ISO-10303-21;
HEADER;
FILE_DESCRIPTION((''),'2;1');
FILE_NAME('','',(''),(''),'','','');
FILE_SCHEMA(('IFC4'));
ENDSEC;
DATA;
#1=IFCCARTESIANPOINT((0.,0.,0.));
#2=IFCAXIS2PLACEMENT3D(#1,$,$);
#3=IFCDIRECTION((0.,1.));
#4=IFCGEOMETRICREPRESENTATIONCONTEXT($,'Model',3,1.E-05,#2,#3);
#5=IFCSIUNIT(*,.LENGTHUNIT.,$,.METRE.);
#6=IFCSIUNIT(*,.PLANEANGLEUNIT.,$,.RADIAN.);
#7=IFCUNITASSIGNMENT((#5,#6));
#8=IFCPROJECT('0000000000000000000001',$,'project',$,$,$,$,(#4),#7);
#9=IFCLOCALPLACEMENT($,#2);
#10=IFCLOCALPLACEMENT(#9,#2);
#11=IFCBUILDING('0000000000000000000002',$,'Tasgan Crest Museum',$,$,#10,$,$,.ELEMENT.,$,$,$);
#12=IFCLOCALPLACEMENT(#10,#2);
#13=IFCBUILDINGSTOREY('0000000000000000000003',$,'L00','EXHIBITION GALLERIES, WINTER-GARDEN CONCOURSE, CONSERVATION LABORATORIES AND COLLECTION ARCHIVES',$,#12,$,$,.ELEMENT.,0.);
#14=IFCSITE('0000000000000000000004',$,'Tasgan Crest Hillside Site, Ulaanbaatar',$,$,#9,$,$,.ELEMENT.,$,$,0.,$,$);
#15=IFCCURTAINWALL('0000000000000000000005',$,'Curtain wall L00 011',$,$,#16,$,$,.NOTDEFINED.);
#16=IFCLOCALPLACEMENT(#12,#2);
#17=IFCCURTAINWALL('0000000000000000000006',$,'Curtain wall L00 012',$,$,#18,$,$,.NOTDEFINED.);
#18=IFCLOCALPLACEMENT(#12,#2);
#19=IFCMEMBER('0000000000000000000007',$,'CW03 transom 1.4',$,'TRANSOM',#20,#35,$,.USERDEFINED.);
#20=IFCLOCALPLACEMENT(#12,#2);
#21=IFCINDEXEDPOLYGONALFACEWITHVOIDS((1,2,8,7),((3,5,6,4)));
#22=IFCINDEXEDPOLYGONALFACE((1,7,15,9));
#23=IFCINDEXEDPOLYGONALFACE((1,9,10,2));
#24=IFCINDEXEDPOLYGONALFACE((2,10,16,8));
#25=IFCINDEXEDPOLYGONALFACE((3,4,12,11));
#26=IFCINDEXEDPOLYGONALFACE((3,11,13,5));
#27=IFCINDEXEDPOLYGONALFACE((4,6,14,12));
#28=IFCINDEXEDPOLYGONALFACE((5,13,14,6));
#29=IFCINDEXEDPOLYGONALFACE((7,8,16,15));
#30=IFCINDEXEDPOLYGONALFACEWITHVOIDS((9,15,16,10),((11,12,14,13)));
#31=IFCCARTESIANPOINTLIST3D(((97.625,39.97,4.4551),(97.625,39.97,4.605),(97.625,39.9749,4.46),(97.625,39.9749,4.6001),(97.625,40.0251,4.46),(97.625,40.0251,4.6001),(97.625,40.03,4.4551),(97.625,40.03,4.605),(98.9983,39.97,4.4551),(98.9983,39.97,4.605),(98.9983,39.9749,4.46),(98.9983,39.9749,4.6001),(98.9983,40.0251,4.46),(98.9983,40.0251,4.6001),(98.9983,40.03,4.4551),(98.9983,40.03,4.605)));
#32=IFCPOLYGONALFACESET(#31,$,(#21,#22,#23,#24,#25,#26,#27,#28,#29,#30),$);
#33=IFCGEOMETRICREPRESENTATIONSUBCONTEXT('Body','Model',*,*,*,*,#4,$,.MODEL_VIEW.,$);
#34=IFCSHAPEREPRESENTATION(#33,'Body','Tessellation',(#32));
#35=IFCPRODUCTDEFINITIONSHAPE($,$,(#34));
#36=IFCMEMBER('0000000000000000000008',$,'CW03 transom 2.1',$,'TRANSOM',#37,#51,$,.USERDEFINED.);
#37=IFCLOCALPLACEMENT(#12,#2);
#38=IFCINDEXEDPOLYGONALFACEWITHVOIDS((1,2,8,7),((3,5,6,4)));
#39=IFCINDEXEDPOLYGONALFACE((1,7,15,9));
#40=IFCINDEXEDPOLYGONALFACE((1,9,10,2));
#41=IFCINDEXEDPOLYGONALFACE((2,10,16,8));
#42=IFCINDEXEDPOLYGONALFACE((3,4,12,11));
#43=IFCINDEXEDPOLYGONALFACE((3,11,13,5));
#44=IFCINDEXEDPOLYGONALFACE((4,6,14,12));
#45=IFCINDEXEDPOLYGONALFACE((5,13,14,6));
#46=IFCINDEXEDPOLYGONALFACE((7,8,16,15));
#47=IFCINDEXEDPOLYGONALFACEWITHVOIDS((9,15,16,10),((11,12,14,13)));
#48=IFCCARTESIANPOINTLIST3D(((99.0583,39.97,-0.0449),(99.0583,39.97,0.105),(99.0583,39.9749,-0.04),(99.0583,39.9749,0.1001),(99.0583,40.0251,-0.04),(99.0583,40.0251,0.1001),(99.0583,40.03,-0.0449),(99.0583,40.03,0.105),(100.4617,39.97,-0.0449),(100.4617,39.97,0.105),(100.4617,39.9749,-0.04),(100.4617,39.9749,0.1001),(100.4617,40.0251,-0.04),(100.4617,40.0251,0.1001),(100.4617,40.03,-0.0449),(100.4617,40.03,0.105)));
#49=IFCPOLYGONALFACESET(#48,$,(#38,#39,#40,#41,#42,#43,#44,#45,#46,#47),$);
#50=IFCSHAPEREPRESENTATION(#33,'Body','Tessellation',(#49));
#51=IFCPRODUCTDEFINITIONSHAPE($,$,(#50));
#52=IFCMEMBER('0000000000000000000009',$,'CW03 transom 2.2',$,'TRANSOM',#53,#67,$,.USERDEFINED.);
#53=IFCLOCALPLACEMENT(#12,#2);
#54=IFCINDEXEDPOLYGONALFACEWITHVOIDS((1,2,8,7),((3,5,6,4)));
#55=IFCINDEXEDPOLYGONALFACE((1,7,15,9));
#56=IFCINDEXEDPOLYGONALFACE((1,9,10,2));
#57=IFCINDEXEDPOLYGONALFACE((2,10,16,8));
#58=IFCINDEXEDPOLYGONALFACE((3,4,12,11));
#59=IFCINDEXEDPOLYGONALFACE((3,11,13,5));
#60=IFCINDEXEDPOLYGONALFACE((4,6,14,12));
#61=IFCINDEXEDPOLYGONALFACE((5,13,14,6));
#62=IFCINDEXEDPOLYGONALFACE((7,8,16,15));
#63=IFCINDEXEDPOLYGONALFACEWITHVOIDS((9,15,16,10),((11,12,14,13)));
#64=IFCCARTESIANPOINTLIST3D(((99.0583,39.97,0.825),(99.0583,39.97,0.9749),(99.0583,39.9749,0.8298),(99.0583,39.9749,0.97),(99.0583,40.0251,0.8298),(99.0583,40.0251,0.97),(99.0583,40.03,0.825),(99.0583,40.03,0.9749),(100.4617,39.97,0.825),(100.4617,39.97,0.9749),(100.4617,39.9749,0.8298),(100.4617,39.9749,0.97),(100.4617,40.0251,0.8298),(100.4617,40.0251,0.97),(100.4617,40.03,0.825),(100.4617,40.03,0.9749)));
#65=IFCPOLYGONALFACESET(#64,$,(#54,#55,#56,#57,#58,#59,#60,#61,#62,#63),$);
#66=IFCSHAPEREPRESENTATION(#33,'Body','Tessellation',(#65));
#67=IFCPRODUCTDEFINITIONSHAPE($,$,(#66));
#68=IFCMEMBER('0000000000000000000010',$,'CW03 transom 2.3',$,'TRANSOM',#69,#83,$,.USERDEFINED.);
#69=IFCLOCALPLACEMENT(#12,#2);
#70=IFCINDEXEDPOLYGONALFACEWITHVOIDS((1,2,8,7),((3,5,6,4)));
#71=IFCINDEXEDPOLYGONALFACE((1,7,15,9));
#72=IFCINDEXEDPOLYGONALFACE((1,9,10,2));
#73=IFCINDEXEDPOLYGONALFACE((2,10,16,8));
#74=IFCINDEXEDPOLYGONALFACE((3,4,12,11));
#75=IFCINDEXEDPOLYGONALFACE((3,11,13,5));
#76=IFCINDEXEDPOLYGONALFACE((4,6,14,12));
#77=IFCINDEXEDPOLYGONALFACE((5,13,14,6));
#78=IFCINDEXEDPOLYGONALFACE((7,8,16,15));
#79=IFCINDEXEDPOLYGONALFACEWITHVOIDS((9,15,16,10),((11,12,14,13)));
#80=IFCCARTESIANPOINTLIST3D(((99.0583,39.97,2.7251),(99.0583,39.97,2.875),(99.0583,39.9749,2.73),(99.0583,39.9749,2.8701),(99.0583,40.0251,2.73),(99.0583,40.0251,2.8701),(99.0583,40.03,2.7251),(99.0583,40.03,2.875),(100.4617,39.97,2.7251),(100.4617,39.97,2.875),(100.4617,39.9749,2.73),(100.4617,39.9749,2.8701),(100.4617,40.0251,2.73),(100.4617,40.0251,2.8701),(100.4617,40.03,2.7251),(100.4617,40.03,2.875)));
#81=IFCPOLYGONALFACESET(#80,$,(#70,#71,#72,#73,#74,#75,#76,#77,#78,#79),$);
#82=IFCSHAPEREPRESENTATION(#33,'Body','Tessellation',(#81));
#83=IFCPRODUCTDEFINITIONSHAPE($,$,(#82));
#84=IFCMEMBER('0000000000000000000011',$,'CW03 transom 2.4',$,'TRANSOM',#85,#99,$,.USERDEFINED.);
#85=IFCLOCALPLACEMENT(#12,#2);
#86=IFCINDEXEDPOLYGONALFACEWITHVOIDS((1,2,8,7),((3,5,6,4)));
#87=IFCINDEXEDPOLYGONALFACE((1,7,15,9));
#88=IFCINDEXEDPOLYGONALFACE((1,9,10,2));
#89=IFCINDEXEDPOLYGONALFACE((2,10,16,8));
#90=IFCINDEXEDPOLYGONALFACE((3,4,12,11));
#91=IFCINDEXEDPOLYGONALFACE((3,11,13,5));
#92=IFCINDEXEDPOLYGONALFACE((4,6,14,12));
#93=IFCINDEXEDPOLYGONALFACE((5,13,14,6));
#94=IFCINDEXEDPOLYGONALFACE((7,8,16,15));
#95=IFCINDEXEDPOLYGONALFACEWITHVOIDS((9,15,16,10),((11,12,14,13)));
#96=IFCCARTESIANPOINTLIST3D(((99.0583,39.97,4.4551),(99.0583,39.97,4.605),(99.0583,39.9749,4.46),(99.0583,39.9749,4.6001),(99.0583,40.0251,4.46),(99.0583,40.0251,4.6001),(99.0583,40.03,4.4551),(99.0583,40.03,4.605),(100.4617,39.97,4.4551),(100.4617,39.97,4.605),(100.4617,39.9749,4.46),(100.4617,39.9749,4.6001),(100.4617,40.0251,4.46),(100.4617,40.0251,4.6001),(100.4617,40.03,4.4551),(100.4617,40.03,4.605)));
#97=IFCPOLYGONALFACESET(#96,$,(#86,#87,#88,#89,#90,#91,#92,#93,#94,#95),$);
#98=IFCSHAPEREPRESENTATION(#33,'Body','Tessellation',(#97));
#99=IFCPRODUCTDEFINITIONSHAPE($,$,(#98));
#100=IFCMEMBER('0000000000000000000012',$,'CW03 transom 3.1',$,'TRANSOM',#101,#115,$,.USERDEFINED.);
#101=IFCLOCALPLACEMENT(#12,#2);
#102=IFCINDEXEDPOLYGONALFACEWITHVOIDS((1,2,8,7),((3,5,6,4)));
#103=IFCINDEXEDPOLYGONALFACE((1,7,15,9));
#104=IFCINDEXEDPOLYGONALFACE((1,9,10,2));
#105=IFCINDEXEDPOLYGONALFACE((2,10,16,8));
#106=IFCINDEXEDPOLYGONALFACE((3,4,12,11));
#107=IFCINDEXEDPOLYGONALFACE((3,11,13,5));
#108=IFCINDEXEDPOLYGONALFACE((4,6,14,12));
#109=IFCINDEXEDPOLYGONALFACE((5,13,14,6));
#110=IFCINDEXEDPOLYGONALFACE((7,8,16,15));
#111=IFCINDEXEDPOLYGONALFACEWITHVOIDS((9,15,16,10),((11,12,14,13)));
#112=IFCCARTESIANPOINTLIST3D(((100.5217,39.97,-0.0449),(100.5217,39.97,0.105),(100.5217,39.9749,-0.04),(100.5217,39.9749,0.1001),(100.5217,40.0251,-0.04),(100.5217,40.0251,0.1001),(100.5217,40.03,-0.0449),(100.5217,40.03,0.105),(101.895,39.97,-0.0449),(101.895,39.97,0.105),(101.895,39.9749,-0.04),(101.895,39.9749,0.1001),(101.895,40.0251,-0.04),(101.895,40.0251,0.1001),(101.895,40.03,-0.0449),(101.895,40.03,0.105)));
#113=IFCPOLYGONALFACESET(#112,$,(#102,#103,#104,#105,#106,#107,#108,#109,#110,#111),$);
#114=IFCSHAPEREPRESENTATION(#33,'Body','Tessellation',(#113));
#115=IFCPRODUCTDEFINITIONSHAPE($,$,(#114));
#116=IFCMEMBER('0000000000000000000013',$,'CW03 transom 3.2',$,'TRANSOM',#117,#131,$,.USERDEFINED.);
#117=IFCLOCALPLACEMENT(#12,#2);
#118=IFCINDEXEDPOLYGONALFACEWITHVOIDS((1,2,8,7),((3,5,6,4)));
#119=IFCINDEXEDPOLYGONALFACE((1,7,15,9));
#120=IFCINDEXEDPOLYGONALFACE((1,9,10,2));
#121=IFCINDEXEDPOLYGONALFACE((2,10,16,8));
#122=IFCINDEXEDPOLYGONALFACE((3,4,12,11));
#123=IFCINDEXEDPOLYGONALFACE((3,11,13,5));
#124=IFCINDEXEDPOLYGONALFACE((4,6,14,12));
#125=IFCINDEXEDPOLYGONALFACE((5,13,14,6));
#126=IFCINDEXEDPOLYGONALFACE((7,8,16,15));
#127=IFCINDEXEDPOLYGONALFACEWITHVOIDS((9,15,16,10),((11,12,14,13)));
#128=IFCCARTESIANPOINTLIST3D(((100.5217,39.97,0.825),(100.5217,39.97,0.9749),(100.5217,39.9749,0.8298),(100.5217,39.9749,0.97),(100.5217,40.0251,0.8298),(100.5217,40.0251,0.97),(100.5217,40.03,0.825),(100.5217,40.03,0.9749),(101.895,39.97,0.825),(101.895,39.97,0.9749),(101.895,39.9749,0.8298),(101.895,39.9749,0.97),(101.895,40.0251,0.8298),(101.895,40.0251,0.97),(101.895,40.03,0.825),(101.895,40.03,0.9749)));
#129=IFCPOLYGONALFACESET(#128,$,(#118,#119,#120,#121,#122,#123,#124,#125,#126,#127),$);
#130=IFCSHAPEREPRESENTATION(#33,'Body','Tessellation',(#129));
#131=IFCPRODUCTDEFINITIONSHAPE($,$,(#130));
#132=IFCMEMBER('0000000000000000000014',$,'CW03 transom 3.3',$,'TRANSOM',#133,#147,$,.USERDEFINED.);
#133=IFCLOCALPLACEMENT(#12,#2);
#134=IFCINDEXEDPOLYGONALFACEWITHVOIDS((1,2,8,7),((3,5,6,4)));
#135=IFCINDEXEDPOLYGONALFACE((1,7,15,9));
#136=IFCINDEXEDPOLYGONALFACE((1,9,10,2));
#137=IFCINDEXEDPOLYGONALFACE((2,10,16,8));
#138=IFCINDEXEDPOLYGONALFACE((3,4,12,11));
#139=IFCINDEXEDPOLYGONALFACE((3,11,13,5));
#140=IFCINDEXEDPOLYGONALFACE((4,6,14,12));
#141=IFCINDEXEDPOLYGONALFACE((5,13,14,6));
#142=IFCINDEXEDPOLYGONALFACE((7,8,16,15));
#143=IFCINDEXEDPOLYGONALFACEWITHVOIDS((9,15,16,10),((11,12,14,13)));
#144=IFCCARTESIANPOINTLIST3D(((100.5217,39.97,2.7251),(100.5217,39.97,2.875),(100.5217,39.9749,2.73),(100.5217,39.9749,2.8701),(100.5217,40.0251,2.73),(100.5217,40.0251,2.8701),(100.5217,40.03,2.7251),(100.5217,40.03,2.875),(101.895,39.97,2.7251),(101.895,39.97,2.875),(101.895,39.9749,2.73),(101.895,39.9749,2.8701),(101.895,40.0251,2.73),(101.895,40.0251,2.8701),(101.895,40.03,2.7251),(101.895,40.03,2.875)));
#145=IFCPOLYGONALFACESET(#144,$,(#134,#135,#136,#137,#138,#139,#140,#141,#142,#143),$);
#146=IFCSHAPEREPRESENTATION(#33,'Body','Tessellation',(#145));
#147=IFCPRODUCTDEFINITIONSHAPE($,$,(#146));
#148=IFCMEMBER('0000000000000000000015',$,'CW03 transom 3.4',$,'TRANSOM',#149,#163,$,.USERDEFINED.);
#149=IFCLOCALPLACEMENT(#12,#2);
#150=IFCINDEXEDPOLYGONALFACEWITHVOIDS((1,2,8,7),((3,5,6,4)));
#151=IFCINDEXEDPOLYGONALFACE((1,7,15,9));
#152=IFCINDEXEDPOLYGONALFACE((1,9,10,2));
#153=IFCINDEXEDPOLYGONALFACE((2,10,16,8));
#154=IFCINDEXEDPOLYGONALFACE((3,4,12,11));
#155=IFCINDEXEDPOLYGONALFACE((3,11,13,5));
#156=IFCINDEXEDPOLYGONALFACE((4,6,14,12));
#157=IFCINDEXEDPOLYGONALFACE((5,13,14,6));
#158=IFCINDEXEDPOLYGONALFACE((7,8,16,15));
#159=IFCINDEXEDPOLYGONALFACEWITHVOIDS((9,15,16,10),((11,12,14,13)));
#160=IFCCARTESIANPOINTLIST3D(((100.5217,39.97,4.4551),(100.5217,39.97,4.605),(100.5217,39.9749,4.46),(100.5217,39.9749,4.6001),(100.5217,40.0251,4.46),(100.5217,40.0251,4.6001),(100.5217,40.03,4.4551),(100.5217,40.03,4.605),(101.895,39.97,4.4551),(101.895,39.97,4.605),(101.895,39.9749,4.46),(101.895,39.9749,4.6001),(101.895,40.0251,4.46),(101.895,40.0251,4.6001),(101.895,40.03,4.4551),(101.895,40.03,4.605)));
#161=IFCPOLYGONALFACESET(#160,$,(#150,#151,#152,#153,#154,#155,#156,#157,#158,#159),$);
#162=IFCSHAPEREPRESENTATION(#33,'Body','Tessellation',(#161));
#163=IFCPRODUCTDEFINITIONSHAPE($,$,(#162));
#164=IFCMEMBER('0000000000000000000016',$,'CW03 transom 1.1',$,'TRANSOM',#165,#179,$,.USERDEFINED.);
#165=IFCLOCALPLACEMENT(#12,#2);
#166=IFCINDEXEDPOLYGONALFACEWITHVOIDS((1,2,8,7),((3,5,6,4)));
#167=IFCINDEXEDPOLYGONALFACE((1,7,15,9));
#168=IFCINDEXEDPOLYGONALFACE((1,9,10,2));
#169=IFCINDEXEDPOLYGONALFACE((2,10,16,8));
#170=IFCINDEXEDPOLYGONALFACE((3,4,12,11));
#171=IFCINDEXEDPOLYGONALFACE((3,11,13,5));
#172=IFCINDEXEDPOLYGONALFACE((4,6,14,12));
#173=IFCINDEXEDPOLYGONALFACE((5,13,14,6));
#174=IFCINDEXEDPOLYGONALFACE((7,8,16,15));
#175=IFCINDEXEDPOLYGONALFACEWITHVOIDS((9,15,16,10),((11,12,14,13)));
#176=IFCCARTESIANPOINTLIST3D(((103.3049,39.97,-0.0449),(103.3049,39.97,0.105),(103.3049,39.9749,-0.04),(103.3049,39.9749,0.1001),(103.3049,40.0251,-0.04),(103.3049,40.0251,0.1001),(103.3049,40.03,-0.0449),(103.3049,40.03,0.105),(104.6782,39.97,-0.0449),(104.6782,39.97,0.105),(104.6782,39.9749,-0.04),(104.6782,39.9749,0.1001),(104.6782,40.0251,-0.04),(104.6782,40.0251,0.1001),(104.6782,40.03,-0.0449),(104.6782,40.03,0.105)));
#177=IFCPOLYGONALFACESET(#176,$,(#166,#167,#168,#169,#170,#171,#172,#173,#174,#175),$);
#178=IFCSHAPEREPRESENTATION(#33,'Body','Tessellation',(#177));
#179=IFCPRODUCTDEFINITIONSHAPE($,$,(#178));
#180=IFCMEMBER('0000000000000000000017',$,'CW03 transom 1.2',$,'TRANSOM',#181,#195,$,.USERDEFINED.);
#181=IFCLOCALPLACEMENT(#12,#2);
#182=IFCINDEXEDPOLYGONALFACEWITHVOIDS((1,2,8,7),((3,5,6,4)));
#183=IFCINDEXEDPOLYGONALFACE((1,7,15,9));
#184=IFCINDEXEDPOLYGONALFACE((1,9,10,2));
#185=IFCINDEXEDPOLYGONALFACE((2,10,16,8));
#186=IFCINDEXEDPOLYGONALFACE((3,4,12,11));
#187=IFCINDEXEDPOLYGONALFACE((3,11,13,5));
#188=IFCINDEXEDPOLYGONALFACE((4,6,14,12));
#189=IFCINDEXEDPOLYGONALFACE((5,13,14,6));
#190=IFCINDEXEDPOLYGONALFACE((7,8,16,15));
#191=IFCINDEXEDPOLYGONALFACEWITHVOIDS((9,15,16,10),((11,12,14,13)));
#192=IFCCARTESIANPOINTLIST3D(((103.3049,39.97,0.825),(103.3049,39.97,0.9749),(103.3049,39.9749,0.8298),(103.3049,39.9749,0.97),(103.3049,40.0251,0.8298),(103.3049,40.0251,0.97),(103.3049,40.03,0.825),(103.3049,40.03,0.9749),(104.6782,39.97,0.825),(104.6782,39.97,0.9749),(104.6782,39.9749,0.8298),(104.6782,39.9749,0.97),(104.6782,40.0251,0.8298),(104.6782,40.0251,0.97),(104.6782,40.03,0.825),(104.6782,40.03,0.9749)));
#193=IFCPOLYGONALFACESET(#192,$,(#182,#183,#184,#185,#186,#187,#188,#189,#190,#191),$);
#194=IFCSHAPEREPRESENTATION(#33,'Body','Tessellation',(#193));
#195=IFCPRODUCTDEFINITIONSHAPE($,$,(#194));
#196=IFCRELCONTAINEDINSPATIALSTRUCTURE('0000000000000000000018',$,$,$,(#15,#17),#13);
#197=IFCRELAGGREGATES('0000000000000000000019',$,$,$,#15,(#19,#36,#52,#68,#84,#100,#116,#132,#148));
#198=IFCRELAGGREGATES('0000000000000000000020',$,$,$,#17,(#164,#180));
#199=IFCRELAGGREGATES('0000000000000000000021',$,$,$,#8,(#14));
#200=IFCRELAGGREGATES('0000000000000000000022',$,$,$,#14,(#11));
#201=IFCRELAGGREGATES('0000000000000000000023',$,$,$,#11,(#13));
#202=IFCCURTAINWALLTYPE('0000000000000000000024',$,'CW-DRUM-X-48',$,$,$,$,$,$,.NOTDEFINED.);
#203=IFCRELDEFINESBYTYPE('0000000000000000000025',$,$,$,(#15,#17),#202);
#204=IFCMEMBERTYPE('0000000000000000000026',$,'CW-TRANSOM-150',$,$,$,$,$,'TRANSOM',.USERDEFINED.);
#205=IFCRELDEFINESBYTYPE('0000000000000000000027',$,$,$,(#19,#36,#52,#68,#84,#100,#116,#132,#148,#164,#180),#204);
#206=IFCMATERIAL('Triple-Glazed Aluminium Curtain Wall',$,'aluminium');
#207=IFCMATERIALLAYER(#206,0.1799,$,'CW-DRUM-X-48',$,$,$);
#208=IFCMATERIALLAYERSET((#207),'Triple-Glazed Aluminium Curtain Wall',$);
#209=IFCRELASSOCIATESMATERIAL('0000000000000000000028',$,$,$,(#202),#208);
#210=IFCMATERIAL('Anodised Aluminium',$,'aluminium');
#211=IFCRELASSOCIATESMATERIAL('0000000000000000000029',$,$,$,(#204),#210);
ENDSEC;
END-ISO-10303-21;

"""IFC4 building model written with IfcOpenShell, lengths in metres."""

from ifc_helpers import new_model, si_unit, direction, frame, origin, origin_2d, place, context, subcontext, project, spatial, hollow_rectangle, extrude, material, layer, layer_set, material_profile, profile_set, type_object, element, aggregate, save


model = new_model("IFC4")

# Units and contexts
model_context = context("Model", 3, precision=1e-05, world=origin(), true_north=direction((0.0, 1.0)))
body_context = subcontext(model_context, "Body", "Model", "MODEL_VIEW")
ifc_project = project(units=[si_unit("LENGTHUNIT", "METRE"), si_unit("PLANEANGLEUNIT", "RADIAN")], contexts=[model_context])

# Site, building, storey
site_placement = place(None, origin())
site = spatial("IfcSite", under=ifc_project, at=site_placement, Name="Tasgan Crest Hillside Site, Ulaanbaatar", CompositionType="ELEMENT", RefElevation=0.0)
building_placement = place(site_placement, origin())
building = spatial("IfcBuilding", under=site, at=building_placement, Name="Tasgan Crest Museum", CompositionType="ELEMENT")
storey_placement = place(building_placement, origin())
storey = spatial("IfcBuildingStorey", under=building, at=storey_placement, Name="L00", Description="EXHIBITION GALLERIES, WINTER-GARDEN CONCOURSE, CONSERVATION LABORATORIES AND COLLECTION ARCHIVES", CompositionType="ELEMENT", Elevation=0.0)

# Curtain walls
ifc_material_1 = material(Name="Triple-Glazed Aluminium Curtain Wall", Category="aluminium")
ifc_layer_1 = layer(ifc_material_1, 0.1799, Name="CW-DRUM-X-48")
ifc_layer_set_1 = layer_set([ifc_layer_1], Name="Triple-Glazed Aluminium Curtain Wall")
curtain_wall_type = type_object("IfcCurtainWallType", Name="CW-DRUM-X-48", PredefinedType="NOTDEFINED", material=ifc_layer_set_1)
curtain_wall_1_placement = place(storey_placement, origin())
curtain_wall_1 = element("IfcCurtainWall", 1, at=curtain_wall_1_placement, inside=storey, type_object=curtain_wall_type, Name="Curtain wall L00 011", PredefinedType="NOTDEFINED")
curtain_wall_2_placement = place(storey_placement, origin())
curtain_wall_2 = element("IfcCurtainWall", 2, at=curtain_wall_2_placement, inside=storey, type_object=curtain_wall_type, Name="Curtain wall L00 012", PredefinedType="NOTDEFINED")

# Members
ifc_material_2 = material(Name="Anodised Aluminium", Category="aluminium")
ifc_material_profile_1 = material_profile(ifc_material_2, hollow_rectangle(XDim=0.0601, YDim=0.1499, WallThickness=0.0049, at=origin_2d()), Name="ALU TRANSOM 150x60x5")
ifc_profile_set_1 = profile_set([ifc_material_profile_1], Name="Anodised Aluminium")
member_type_1 = type_object("IfcMemberType", Name="CW-TRANSOM-150", ElementType="TRANSOM", PredefinedType="USERDEFINED", material=ifc_profile_set_1)
member_1_placement = place(storey_placement, frame((97.625, 40.0, 4.53), z_axis=(1.0, 0.0, 0.0), x_axis=(0.0, 1.0, 0.0)))
member_1 = element("IfcMember", 3, at=member_1_placement, type_object=member_type_1, Name="CW03 transom 1.4", ObjectType="TRANSOM", PredefinedType="USERDEFINED", context=body_context, shape_type="SweptSolid", body=[
    extrude(hollow_rectangle(XDim=0.0601, YDim=0.1499, WallThickness=0.0049, at=origin_2d()), origin(), (0.0, 0.0, 1.0), 1.3733),
])
member_2_placement = place(storey_placement, frame((99.0583, 40.0, 0.03), z_axis=(1.0, 0.0, 0.0), x_axis=(0.0, 1.0, 0.0)))
member_2 = element("IfcMember", 4, at=member_2_placement, type_object=member_type_1, Name="CW03 transom 2.1", ObjectType="TRANSOM", PredefinedType="USERDEFINED", context=body_context, shape_type="SweptSolid", body=[
    extrude(hollow_rectangle(XDim=0.0601, YDim=0.1499, WallThickness=0.0049, at=origin_2d()), origin(), (0.0, 0.0, 1.0), 1.4033),
])
member_3_placement = place(storey_placement, frame((99.0583, 40.0, 0.8999), z_axis=(1.0, 0.0, 0.0), x_axis=(0.0, 1.0, 0.0)))
member_3 = element("IfcMember", 5, at=member_3_placement, type_object=member_type_1, Name="CW03 transom 2.2", ObjectType="TRANSOM", PredefinedType="USERDEFINED", context=body_context, shape_type="SweptSolid", body=[
    extrude(hollow_rectangle(XDim=0.0601, YDim=0.1499, WallThickness=0.0049, at=origin_2d()), origin(), (0.0, 0.0, 1.0), 1.4033),
])
member_4_placement = place(storey_placement, frame((99.0583, 40.0, 2.8), z_axis=(1.0, 0.0, 0.0), x_axis=(0.0, 1.0, 0.0)))
member_4 = element("IfcMember", 6, at=member_4_placement, type_object=member_type_1, Name="CW03 transom 2.3", ObjectType="TRANSOM", PredefinedType="USERDEFINED", context=body_context, shape_type="SweptSolid", body=[
    extrude(hollow_rectangle(XDim=0.0601, YDim=0.1499, WallThickness=0.0049, at=origin_2d()), origin(), (0.0, 0.0, 1.0), 1.4033),
])
member_5_placement = place(storey_placement, frame((99.0583, 40.0, 4.53), z_axis=(1.0, 0.0, 0.0), x_axis=(0.0, 1.0, 0.0)))
member_5 = element("IfcMember", 7, at=member_5_placement, type_object=member_type_1, Name="CW03 transom 2.4", ObjectType="TRANSOM", PredefinedType="USERDEFINED", context=body_context, shape_type="SweptSolid", body=[
    extrude(hollow_rectangle(XDim=0.0601, YDim=0.1499, WallThickness=0.0049, at=origin_2d()), origin(), (0.0, 0.0, 1.0), 1.4033),
])
member_6_placement = place(storey_placement, frame((100.5217, 40.0, 0.03), z_axis=(1.0, 0.0, 0.0), x_axis=(0.0, 1.0, 0.0)))
member_6 = element("IfcMember", 8, at=member_6_placement, type_object=member_type_1, Name="CW03 transom 3.1", ObjectType="TRANSOM", PredefinedType="USERDEFINED", context=body_context, shape_type="SweptSolid", body=[
    extrude(hollow_rectangle(XDim=0.0601, YDim=0.1499, WallThickness=0.0049, at=origin_2d()), origin(), (0.0, 0.0, 1.0), 1.3733),
])
member_7_placement = place(storey_placement, frame((100.5217, 40.0, 0.8999), z_axis=(1.0, 0.0, 0.0), x_axis=(0.0, 1.0, 0.0)))
member_7 = element("IfcMember", 9, at=member_7_placement, type_object=member_type_1, Name="CW03 transom 3.2", ObjectType="TRANSOM", PredefinedType="USERDEFINED", context=body_context, shape_type="SweptSolid", body=[
    extrude(hollow_rectangle(XDim=0.0601, YDim=0.1499, WallThickness=0.0049, at=origin_2d()), origin(), (0.0, 0.0, 1.0), 1.3733),
])
member_8_placement = place(storey_placement, frame((100.5217, 40.0, 2.8), z_axis=(1.0, 0.0, 0.0), x_axis=(0.0, 1.0, 0.0)))
member_8 = element("IfcMember", 10, at=member_8_placement, type_object=member_type_1, Name="CW03 transom 3.3", ObjectType="TRANSOM", PredefinedType="USERDEFINED", context=body_context, shape_type="SweptSolid", body=[
    extrude(hollow_rectangle(XDim=0.0601, YDim=0.1499, WallThickness=0.0049, at=origin_2d()), origin(), (0.0, 0.0, 1.0), 1.3733),
])
member_9_placement = place(storey_placement, frame((100.5217, 40.0, 4.53), z_axis=(1.0, 0.0, 0.0), x_axis=(0.0, 1.0, 0.0)))
member_9 = element("IfcMember", 11, at=member_9_placement, type_object=member_type_1, Name="CW03 transom 3.4", ObjectType="TRANSOM", PredefinedType="USERDEFINED", context=body_context, shape_type="SweptSolid", body=[
    extrude(hollow_rectangle(XDim=0.0601, YDim=0.1499, WallThickness=0.0049, at=origin_2d()), origin(), (0.0, 0.0, 1.0), 1.3733),
])
member_10_placement = place(storey_placement, frame((103.3049, 40.0, 0.03), z_axis=(1.0, 0.0, 0.0), x_axis=(0.0, 1.0, 0.0)))
member_10 = element("IfcMember", 12, at=member_10_placement, type_object=member_type_1, Name="CW03 transom 1.1", ObjectType="TRANSOM", PredefinedType="USERDEFINED", context=body_context, shape_type="SweptSolid", body=[
    extrude(hollow_rectangle(XDim=0.0601, YDim=0.1499, WallThickness=0.0049, at=origin_2d()), origin(), (0.0, 0.0, 1.0), 1.3733),
])
member_11_placement = place(storey_placement, frame((103.3049, 40.0, 0.8999), z_axis=(1.0, 0.0, 0.0), x_axis=(0.0, 1.0, 0.0)))
member_11 = element("IfcMember", 13, at=member_11_placement, type_object=member_type_1, Name="CW03 transom 1.2", ObjectType="TRANSOM", PredefinedType="USERDEFINED", context=body_context, shape_type="SweptSolid", body=[
    extrude(hollow_rectangle(XDim=0.0601, YDim=0.1499, WallThickness=0.0049, at=origin_2d()), origin(), (0.0, 0.0, 1.0), 1.3733),
])

aggregate(curtain_wall_1, [member_1, member_2, member_3, member_4, member_5, member_6, member_7, member_8, member_9])
aggregate(curtain_wall_2, [member_10, member_11])

save(model, "model.ifc")
